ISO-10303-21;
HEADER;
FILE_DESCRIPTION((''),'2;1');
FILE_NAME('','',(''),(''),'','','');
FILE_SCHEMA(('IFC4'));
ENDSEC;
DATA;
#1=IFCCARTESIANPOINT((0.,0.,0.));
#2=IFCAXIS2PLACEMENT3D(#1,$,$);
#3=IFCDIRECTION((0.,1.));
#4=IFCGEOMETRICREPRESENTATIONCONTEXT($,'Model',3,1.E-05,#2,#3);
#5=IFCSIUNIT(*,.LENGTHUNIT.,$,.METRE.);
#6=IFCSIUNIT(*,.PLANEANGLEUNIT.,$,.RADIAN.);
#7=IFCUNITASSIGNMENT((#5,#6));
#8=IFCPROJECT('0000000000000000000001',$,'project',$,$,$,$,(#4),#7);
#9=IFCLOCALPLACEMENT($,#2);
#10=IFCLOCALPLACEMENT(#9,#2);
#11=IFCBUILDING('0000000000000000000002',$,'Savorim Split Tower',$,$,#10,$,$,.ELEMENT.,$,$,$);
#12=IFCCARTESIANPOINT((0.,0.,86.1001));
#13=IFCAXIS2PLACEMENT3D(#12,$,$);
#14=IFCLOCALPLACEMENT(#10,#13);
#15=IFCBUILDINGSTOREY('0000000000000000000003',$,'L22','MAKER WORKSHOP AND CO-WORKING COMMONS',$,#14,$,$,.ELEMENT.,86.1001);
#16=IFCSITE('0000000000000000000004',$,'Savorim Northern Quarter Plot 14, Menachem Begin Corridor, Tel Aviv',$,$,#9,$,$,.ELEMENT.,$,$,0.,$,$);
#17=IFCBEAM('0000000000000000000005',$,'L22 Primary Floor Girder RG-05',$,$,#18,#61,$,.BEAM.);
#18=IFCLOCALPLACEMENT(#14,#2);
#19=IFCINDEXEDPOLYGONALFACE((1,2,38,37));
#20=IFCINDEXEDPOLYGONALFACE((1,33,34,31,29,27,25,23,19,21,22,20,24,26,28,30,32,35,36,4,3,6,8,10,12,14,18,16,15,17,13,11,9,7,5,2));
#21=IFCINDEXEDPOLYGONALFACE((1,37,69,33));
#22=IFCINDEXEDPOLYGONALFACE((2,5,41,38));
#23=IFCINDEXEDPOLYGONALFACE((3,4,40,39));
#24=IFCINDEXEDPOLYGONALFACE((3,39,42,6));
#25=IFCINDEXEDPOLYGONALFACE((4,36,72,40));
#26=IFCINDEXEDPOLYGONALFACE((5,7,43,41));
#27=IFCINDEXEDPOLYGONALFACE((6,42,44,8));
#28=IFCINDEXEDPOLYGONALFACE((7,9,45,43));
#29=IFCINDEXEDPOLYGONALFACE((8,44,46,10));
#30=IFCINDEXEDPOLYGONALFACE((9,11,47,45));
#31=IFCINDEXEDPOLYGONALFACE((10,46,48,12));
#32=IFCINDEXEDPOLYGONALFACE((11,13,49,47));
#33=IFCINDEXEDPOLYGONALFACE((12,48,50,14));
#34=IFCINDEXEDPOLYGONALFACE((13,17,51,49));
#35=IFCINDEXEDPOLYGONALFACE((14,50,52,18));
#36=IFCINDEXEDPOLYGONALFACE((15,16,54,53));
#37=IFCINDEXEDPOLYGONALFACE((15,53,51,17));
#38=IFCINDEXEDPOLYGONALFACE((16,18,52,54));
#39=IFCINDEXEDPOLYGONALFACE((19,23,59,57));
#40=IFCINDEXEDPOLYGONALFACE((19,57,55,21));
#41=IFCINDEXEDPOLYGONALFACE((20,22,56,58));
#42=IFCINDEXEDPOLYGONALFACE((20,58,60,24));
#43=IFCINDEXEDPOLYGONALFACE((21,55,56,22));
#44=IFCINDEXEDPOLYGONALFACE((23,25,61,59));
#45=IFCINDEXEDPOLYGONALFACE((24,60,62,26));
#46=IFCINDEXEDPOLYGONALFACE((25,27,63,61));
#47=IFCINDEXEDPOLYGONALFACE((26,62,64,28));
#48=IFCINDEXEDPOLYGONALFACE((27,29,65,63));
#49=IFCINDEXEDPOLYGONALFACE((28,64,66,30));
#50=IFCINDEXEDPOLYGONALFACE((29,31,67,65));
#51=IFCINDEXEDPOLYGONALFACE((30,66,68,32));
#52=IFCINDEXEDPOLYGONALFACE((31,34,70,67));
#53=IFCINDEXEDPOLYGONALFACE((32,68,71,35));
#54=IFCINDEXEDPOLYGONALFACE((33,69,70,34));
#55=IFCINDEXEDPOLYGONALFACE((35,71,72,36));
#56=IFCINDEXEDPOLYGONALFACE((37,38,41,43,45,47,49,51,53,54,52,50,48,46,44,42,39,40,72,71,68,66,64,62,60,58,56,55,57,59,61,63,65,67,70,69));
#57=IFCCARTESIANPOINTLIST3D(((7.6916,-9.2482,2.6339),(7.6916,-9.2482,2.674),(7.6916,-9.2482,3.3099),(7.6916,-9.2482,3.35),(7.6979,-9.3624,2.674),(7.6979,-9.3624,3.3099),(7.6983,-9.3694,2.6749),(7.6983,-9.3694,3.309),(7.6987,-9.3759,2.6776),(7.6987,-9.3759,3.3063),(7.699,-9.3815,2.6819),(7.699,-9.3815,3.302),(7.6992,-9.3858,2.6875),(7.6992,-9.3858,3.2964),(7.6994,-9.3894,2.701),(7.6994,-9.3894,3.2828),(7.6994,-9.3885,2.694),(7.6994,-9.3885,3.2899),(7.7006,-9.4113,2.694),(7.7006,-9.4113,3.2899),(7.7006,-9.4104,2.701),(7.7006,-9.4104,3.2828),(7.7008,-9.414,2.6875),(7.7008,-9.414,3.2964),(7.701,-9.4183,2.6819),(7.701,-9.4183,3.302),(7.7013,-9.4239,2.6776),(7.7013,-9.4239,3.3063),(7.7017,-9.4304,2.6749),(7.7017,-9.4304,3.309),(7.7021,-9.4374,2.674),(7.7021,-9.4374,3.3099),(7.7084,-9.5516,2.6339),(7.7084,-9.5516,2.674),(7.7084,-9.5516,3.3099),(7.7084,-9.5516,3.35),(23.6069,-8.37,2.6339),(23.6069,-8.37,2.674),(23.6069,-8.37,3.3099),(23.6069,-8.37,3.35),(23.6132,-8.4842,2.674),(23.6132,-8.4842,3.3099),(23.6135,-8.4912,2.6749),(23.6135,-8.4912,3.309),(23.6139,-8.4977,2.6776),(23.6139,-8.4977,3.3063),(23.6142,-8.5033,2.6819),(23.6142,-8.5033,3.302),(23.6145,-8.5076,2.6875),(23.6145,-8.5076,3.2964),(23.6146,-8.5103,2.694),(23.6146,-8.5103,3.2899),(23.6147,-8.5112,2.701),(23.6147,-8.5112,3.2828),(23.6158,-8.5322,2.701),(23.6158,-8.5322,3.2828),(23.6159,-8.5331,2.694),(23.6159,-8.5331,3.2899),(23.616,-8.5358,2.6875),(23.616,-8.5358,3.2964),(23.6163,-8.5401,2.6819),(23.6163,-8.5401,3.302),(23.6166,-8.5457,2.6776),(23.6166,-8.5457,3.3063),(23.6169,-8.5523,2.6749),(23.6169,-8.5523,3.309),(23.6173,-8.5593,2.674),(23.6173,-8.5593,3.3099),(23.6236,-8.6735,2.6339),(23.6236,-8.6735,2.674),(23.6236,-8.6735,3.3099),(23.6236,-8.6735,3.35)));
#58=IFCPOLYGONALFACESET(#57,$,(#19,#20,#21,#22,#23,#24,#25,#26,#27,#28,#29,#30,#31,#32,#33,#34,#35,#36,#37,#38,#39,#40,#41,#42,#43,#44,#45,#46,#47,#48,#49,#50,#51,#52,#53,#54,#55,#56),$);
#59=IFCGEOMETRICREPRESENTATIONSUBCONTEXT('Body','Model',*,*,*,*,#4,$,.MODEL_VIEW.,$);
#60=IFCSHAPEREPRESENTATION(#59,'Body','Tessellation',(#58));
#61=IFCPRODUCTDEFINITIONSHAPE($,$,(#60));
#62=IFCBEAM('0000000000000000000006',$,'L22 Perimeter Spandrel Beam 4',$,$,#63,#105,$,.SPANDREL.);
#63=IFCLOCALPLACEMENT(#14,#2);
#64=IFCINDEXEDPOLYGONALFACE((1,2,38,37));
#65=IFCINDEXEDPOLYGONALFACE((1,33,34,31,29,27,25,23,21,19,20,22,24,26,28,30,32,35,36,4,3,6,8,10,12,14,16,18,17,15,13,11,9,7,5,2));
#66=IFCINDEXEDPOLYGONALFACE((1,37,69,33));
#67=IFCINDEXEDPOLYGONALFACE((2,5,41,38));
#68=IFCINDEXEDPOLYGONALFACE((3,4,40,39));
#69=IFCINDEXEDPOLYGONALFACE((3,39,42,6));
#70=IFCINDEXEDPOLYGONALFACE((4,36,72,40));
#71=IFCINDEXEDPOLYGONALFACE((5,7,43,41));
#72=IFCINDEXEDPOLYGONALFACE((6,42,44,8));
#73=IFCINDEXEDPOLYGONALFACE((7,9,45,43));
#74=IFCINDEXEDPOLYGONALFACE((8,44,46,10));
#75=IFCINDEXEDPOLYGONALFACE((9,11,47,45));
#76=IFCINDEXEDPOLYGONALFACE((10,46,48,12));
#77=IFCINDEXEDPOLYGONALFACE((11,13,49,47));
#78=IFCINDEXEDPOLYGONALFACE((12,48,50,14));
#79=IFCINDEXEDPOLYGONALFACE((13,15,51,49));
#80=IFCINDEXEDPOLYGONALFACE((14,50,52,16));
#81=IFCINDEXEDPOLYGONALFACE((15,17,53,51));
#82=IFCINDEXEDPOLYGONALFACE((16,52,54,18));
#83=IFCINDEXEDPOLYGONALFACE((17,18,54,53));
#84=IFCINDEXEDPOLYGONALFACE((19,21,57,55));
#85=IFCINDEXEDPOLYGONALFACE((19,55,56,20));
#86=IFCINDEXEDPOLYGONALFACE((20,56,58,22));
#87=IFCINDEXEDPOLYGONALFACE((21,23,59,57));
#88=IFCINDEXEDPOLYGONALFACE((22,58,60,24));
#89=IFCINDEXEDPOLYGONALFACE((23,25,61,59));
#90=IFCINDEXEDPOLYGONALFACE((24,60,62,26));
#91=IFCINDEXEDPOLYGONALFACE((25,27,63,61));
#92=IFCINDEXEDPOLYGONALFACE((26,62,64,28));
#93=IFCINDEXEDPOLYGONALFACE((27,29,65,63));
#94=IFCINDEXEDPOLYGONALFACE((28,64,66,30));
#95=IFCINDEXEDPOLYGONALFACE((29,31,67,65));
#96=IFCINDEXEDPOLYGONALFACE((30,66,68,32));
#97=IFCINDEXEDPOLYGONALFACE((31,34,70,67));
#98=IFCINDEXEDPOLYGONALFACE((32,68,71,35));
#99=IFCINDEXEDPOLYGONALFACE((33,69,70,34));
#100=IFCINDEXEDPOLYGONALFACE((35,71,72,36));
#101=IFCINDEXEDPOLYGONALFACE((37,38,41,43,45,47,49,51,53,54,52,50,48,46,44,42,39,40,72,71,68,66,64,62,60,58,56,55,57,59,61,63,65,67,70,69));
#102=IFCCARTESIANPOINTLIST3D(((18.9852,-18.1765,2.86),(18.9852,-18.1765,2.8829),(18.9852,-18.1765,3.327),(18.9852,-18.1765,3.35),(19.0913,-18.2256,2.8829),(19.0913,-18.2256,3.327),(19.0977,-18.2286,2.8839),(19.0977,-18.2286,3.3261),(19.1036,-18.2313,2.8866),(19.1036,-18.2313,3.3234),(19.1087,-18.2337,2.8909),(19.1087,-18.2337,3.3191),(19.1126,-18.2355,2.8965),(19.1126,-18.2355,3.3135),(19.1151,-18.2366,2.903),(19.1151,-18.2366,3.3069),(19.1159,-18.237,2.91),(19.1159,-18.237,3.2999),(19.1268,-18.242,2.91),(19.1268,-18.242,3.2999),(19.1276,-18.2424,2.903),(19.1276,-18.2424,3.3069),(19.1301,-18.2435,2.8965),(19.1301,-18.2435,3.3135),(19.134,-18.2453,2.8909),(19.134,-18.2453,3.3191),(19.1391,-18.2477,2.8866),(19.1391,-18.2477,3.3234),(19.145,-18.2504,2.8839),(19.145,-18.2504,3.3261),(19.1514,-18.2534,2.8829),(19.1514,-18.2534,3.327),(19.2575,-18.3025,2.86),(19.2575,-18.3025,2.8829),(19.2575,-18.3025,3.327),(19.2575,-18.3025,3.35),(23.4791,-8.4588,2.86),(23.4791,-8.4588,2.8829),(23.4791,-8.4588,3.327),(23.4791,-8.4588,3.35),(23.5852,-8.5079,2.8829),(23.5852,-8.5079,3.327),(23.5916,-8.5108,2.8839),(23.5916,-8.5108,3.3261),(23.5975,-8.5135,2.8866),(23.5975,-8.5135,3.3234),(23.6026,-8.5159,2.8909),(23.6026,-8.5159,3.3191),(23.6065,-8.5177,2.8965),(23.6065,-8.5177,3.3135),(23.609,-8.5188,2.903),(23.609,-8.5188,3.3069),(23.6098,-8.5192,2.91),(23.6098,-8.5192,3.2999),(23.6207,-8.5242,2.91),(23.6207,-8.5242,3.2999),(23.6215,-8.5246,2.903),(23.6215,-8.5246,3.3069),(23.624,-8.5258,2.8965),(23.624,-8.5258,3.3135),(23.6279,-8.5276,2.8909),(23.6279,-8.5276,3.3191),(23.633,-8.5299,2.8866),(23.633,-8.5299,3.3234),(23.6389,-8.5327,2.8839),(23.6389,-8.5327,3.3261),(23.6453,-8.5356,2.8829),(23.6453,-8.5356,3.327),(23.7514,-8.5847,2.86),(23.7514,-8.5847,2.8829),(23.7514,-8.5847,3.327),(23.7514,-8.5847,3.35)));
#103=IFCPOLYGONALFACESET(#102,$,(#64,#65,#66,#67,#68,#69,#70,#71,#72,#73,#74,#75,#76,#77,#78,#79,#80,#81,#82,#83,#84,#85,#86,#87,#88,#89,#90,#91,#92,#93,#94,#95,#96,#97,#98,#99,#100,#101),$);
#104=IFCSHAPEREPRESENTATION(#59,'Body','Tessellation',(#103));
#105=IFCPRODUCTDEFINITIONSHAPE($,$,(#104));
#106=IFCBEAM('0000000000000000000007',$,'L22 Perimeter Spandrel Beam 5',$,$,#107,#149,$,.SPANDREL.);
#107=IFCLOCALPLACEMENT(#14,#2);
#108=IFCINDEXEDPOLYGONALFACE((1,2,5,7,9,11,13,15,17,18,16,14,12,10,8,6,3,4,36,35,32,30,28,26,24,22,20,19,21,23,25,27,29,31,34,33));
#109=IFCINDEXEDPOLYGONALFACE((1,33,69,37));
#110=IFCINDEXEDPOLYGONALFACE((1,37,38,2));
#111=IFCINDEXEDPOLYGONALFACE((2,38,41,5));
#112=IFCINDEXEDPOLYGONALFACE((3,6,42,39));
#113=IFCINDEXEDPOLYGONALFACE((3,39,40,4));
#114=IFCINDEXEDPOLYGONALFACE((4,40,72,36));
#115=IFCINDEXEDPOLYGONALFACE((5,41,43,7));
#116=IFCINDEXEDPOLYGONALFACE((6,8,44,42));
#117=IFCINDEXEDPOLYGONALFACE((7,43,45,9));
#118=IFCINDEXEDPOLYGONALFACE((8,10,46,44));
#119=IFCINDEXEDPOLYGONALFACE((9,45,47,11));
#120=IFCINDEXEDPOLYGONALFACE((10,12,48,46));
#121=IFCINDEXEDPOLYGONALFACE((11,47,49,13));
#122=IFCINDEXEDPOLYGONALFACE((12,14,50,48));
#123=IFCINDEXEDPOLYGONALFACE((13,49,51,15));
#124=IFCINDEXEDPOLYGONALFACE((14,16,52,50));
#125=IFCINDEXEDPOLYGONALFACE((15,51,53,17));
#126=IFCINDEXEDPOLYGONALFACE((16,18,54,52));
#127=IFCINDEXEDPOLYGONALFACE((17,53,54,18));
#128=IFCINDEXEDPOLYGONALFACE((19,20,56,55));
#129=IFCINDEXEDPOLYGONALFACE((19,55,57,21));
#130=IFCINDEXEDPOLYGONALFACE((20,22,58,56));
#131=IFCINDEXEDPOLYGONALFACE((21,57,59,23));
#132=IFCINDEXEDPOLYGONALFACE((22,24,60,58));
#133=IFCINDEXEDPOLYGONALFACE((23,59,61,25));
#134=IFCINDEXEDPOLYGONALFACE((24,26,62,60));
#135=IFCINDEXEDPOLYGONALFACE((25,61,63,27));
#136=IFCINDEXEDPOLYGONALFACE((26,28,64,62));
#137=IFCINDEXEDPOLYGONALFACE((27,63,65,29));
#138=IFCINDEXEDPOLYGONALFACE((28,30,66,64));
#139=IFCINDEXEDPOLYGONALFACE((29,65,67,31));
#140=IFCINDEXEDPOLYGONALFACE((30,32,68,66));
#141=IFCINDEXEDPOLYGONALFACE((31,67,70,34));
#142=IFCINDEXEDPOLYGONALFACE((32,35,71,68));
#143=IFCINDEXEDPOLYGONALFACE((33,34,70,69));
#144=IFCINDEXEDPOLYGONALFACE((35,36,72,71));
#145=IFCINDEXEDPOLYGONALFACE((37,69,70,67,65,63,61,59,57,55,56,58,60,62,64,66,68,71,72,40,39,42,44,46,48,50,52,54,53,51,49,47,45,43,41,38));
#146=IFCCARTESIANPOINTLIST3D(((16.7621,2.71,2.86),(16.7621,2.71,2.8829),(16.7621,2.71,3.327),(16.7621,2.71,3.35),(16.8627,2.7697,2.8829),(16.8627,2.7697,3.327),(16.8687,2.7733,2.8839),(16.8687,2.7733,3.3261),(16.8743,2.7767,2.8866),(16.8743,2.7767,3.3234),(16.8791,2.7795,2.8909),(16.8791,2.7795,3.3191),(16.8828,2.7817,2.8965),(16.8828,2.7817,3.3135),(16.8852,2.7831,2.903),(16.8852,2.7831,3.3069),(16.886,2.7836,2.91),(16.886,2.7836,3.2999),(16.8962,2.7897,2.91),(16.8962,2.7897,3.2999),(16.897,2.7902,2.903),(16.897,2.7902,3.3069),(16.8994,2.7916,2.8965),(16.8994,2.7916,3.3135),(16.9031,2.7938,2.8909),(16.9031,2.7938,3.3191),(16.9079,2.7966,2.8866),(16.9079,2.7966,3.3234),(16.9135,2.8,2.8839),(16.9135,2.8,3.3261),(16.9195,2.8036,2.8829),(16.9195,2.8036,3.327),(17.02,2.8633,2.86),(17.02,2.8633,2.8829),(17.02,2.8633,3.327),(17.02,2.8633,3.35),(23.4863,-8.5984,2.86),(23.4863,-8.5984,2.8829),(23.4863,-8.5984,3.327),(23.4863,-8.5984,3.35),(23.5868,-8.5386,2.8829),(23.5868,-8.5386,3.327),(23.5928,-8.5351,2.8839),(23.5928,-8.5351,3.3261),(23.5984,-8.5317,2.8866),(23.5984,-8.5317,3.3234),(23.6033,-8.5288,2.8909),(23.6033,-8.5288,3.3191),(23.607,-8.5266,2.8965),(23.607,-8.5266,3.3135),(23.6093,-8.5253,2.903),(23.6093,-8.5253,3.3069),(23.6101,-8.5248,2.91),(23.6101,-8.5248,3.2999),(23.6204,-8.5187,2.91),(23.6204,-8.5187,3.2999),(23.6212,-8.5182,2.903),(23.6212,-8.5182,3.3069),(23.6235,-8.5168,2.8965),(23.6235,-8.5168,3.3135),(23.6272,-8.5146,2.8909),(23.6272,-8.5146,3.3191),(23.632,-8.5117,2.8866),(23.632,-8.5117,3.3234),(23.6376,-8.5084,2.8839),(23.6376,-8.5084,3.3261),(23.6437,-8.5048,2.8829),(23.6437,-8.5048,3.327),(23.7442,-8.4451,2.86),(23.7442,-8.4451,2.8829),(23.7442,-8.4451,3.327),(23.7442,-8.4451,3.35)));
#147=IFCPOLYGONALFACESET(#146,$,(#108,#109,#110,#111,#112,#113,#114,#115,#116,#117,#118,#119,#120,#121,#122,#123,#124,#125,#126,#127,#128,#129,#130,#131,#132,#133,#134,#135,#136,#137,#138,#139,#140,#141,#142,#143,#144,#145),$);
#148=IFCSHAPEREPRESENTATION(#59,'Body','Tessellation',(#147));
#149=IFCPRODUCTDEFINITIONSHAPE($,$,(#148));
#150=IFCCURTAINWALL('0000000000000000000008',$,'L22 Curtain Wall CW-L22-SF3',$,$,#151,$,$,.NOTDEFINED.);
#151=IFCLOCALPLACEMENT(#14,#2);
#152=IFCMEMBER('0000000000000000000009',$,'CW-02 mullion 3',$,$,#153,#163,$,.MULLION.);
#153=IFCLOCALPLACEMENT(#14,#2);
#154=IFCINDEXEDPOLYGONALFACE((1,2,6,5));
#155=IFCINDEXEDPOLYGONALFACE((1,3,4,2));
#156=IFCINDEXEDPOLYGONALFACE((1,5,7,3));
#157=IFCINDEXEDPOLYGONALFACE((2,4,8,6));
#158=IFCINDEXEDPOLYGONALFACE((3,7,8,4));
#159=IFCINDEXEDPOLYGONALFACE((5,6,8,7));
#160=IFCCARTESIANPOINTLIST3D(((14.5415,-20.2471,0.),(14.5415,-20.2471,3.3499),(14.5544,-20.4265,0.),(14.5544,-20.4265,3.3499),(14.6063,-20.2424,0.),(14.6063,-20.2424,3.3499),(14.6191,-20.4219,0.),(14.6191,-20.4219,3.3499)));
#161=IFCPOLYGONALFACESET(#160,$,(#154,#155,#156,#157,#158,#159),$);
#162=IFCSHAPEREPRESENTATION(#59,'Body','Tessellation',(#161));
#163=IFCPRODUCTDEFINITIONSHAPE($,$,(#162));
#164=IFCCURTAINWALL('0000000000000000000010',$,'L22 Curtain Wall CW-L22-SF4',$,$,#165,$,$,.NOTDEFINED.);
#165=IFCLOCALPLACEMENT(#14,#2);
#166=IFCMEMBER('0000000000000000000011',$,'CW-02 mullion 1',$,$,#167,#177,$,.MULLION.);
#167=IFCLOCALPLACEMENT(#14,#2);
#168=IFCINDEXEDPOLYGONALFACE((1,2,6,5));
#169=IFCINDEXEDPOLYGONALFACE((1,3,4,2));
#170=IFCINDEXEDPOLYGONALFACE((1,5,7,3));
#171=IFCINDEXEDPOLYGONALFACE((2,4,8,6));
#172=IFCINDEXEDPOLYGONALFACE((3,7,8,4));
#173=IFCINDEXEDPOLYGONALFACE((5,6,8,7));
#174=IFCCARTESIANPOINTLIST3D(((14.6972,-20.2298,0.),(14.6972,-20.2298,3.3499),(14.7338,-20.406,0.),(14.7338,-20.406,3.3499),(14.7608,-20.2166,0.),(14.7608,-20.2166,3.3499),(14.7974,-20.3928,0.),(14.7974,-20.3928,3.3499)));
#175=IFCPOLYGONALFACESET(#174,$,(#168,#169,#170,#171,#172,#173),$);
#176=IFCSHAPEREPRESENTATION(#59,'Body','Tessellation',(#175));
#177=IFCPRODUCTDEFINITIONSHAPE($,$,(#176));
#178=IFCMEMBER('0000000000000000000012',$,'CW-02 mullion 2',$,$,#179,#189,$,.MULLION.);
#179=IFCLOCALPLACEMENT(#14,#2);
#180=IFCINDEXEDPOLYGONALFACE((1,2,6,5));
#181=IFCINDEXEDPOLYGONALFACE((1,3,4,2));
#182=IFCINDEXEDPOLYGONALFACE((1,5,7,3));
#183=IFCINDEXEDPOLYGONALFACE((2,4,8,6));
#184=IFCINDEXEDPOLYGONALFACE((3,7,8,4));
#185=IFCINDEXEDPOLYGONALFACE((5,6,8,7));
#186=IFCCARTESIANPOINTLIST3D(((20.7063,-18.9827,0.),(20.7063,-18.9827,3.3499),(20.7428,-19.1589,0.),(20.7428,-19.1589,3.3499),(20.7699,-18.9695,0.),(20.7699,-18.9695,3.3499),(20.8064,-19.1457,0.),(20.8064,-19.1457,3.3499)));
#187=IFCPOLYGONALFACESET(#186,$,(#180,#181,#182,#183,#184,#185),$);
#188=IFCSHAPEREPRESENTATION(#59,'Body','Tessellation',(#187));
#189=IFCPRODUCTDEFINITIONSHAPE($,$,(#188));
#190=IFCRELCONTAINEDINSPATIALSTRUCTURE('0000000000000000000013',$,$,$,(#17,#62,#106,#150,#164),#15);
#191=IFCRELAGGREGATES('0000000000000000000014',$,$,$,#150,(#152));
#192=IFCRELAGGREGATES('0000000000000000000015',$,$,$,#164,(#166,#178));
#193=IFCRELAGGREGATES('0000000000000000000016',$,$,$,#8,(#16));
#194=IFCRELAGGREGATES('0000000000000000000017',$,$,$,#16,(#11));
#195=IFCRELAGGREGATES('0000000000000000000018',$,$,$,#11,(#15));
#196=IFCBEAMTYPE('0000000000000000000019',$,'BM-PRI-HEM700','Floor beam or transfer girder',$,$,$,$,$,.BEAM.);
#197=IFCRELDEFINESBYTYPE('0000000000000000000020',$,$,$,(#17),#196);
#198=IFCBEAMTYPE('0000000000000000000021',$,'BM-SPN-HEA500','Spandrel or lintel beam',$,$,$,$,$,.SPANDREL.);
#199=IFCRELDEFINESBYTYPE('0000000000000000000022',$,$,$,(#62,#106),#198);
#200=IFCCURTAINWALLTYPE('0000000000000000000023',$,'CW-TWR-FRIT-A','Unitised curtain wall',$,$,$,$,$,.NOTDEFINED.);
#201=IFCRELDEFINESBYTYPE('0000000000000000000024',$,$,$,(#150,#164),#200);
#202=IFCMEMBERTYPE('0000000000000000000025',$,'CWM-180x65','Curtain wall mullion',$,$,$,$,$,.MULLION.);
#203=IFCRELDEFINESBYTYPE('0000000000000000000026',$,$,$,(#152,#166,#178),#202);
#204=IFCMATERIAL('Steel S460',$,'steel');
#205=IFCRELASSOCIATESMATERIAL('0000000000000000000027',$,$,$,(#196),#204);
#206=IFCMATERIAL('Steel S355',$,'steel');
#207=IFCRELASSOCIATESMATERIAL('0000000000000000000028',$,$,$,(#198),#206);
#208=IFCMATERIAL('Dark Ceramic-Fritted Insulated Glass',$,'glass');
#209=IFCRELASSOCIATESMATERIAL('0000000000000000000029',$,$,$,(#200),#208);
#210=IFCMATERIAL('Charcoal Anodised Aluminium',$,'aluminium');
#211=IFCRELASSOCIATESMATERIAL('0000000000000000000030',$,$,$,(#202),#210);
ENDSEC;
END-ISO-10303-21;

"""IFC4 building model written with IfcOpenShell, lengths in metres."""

from ifc_helpers import new_model, si_unit, direction, frame, origin, origin_2d, place, context, subcontext, project, spatial, rectangle, i_section, extrude, material, material_profile, profile_set, type_object, element, aggregate, save


model = new_model("IFC4")

# Units and contexts
model_context = context("Model", 3, precision=1e-05, world=origin(), true_north=direction((0.0, 1.0)))
body_context = subcontext(model_context, "Body", "Model", "MODEL_VIEW")
ifc_project = project(units=[si_unit("LENGTHUNIT", "METRE"), si_unit("PLANEANGLEUNIT", "RADIAN")], contexts=[model_context])

# Site, building, storey
site_placement = place(None, origin())
site = spatial("IfcSite", under=ifc_project, at=site_placement, Name="Savorim Northern Quarter Plot 14, Menachem Begin Corridor, Tel Aviv", CompositionType="ELEMENT", RefElevation=0.0)
building_placement = place(site_placement, origin())
building = spatial("IfcBuilding", under=site, at=building_placement, Name="Savorim Split Tower", CompositionType="ELEMENT")
storey_placement = place(building_placement, frame((0.0, 0.0, 86.1001)))
storey = spatial("IfcBuildingStorey", under=building, at=storey_placement, Name="L22", Description="MAKER WORKSHOP AND CO-WORKING COMMONS", CompositionType="ELEMENT", Elevation=86.1001)

# Shared definitions
ifc_material_1 = material(Name="Steel S460", Category="steel")

# Beams
ifc_material_2 = material(Name="Steel S355", Category="steel")
ifc_material_profile_1 = material_profile(ifc_material_1, i_section(OverallWidth=0.304, OverallDepth=0.7161, WebThickness=0.021, FlangeThickness=0.04, FilletRadius=0.0271, at=origin_2d()), Name="HE 700 M")
ifc_profile_set_1 = profile_set([ifc_material_profile_1], Name="Steel S460")
beam_type_1 = type_object("IfcBeamType", Name="BM-PRI-HEM700", Description="Floor beam or transfer girder", PredefinedType="BEAM", material=ifc_profile_set_1)
beam_1_placement = place(storey_placement, frame((23.6152, -8.5217, 2.9919), z_axis=(-0.998481, -0.055094, 0.0), x_axis=(0.055094, -0.998481, 0.0)))
element("IfcBeam", 1, at=beam_1_placement, inside=storey, type_object=beam_type_1, Name="L22 Primary Floor Girder RG-05", PredefinedType="BEAM", context=body_context, shape_type="SweptSolid", body=[
    extrude(i_section(OverallWidth=0.304, OverallDepth=0.7161, WebThickness=0.021, FlangeThickness=0.04, FilletRadius=0.0271, at=origin_2d()), origin(), (0.0, 0.0, 1.0), 15.9395),
])
ifc_material_profile_2 = material_profile(ifc_material_2, i_section(OverallWidth=0.3, OverallDepth=0.49, WebThickness=0.012, FlangeThickness=0.0229, FilletRadius=0.0271, at=origin_2d()), Name="HEA 500")
ifc_profile_set_2 = profile_set([ifc_material_profile_2], Name="Steel S355")
beam_type_2 = type_object("IfcBeamType", Name="BM-SPN-HEA500", Description="Spandrel or lintel beam", PredefinedType="SPANDREL", material=ifc_profile_set_2)
beam_2_placement = place(storey_placement, frame((19.1213, -18.2395, 3.105), z_axis=(0.419733, 0.907647, 0.0), x_axis=(-0.907647, 0.419733, 0.0)))
element("IfcBeam", 2, at=beam_2_placement, inside=storey, type_object=beam_type_2, Name="L22 Perimeter Spandrel Beam 4", PredefinedType="SPANDREL", context=body_context, shape_type="SweptSolid", body=[
    extrude(i_section(OverallWidth=0.3, OverallDepth=0.49, WebThickness=0.012, FlangeThickness=0.0229, FilletRadius=0.0271, at=origin_2d()), origin(), (0.0, 0.0, 1.0), 10.7065),
])
beam_3_placement = place(storey_placement, frame((23.6152, -8.5217, 3.105), z_axis=(-0.511089, 0.859528, 0.0), x_axis=(-0.859528, -0.511089, 0.0)))
element("IfcBeam", 3, at=beam_3_placement, inside=storey, type_object=beam_type_2, Name="L22 Perimeter Spandrel Beam 5", PredefinedType="SPANDREL", context=body_context, shape_type="SweptSolid", body=[
    extrude(i_section(OverallWidth=0.3, OverallDepth=0.49, WebThickness=0.012, FlangeThickness=0.0229, FilletRadius=0.0271, at=origin_2d()), origin(), (0.0, 0.0, 1.0), 13.1565),
])

# Curtain wall, member
ifc_material_3 = material(Name="Dark Ceramic-Fritted Insulated Glass", Category="glass")
curtain_wall_type = type_object("IfcCurtainWallType", Name="CW-TWR-FRIT-A", Description="Unitised curtain wall", PredefinedType="NOTDEFINED", material=ifc_material_3)
curtain_wall_1_placement = place(storey_placement, origin())
curtain_wall_1 = element("IfcCurtainWall", 4, at=curtain_wall_1_placement, inside=storey, type_object=curtain_wall_type, Name="L22 Curtain Wall CW-L22-SF3", PredefinedType="NOTDEFINED")
ifc_material_4 = material(Name="Charcoal Anodised Aluminium", Category="aluminium")
ifc_material_profile_3 = material_profile(ifc_material_4, rectangle(XDim=0.1799, YDim=0.0649, at=origin_2d()), Name="ALU-M 180x65")
ifc_profile_set_3 = profile_set([ifc_material_profile_3], Name="Charcoal Anodised Aluminium")
member_type_1 = type_object("IfcMemberType", Name="CWM-180x65", Description="Curtain wall mullion", PredefinedType="MULLION", material=ifc_profile_set_3)
member_1_placement = place(storey_placement, frame((14.5803, -20.3345, 0.0), z_axis=(0.0, 0.0, 1.0), x_axis=(-0.071561, 0.997436, 0.0)))
member_1 = element("IfcMember", 5, at=member_1_placement, type_object=member_type_1, Name="CW-02 mullion 3", PredefinedType="MULLION", context=body_context, shape_type="SweptSolid", body=[
    extrude(rectangle(XDim=0.1799, YDim=0.0649, at=origin_2d()), origin(), (0.0, 0.0, 1.0), 3.3499),
])
aggregate(curtain_wall_1, [member_1])

# Curtain wall, members
curtain_wall_2_placement = place(storey_placement, origin())
curtain_wall_2 = element("IfcCurtainWall", 6, at=curtain_wall_2_placement, inside=storey, type_object=curtain_wall_type, Name="L22 Curtain Wall CW-L22-SF4", PredefinedType="NOTDEFINED")
member_2_placement = place(storey_placement, frame((14.7473, -20.3113, 0.0), z_axis=(0.0, 0.0, 1.0), x_axis=(-0.20321, 0.979135, 0.0)))
member_2 = element("IfcMember", 7, at=member_2_placement, type_object=member_type_1, Name="CW-02 mullion 1", PredefinedType="MULLION", context=body_context, shape_type="SweptSolid", body=[
    extrude(rectangle(XDim=0.1799, YDim=0.0649, at=origin_2d()), origin(), (0.0, 0.0, 1.0), 3.3499),
])
member_3_placement = place(storey_placement, frame((20.7563, -19.0642, 0.0), z_axis=(0.0, 0.0, 1.0), x_axis=(-0.20321, 0.979135, 0.0)))
member_3 = element("IfcMember", 8, at=member_3_placement, type_object=member_type_1, Name="CW-02 mullion 2", PredefinedType="MULLION", context=body_context, shape_type="SweptSolid", body=[
    extrude(rectangle(XDim=0.1799, YDim=0.0649, at=origin_2d()), origin(), (0.0, 0.0, 1.0), 3.3499),
])

aggregate(curtain_wall_2, [member_2, member_3])

save(model, "model.ifc")
